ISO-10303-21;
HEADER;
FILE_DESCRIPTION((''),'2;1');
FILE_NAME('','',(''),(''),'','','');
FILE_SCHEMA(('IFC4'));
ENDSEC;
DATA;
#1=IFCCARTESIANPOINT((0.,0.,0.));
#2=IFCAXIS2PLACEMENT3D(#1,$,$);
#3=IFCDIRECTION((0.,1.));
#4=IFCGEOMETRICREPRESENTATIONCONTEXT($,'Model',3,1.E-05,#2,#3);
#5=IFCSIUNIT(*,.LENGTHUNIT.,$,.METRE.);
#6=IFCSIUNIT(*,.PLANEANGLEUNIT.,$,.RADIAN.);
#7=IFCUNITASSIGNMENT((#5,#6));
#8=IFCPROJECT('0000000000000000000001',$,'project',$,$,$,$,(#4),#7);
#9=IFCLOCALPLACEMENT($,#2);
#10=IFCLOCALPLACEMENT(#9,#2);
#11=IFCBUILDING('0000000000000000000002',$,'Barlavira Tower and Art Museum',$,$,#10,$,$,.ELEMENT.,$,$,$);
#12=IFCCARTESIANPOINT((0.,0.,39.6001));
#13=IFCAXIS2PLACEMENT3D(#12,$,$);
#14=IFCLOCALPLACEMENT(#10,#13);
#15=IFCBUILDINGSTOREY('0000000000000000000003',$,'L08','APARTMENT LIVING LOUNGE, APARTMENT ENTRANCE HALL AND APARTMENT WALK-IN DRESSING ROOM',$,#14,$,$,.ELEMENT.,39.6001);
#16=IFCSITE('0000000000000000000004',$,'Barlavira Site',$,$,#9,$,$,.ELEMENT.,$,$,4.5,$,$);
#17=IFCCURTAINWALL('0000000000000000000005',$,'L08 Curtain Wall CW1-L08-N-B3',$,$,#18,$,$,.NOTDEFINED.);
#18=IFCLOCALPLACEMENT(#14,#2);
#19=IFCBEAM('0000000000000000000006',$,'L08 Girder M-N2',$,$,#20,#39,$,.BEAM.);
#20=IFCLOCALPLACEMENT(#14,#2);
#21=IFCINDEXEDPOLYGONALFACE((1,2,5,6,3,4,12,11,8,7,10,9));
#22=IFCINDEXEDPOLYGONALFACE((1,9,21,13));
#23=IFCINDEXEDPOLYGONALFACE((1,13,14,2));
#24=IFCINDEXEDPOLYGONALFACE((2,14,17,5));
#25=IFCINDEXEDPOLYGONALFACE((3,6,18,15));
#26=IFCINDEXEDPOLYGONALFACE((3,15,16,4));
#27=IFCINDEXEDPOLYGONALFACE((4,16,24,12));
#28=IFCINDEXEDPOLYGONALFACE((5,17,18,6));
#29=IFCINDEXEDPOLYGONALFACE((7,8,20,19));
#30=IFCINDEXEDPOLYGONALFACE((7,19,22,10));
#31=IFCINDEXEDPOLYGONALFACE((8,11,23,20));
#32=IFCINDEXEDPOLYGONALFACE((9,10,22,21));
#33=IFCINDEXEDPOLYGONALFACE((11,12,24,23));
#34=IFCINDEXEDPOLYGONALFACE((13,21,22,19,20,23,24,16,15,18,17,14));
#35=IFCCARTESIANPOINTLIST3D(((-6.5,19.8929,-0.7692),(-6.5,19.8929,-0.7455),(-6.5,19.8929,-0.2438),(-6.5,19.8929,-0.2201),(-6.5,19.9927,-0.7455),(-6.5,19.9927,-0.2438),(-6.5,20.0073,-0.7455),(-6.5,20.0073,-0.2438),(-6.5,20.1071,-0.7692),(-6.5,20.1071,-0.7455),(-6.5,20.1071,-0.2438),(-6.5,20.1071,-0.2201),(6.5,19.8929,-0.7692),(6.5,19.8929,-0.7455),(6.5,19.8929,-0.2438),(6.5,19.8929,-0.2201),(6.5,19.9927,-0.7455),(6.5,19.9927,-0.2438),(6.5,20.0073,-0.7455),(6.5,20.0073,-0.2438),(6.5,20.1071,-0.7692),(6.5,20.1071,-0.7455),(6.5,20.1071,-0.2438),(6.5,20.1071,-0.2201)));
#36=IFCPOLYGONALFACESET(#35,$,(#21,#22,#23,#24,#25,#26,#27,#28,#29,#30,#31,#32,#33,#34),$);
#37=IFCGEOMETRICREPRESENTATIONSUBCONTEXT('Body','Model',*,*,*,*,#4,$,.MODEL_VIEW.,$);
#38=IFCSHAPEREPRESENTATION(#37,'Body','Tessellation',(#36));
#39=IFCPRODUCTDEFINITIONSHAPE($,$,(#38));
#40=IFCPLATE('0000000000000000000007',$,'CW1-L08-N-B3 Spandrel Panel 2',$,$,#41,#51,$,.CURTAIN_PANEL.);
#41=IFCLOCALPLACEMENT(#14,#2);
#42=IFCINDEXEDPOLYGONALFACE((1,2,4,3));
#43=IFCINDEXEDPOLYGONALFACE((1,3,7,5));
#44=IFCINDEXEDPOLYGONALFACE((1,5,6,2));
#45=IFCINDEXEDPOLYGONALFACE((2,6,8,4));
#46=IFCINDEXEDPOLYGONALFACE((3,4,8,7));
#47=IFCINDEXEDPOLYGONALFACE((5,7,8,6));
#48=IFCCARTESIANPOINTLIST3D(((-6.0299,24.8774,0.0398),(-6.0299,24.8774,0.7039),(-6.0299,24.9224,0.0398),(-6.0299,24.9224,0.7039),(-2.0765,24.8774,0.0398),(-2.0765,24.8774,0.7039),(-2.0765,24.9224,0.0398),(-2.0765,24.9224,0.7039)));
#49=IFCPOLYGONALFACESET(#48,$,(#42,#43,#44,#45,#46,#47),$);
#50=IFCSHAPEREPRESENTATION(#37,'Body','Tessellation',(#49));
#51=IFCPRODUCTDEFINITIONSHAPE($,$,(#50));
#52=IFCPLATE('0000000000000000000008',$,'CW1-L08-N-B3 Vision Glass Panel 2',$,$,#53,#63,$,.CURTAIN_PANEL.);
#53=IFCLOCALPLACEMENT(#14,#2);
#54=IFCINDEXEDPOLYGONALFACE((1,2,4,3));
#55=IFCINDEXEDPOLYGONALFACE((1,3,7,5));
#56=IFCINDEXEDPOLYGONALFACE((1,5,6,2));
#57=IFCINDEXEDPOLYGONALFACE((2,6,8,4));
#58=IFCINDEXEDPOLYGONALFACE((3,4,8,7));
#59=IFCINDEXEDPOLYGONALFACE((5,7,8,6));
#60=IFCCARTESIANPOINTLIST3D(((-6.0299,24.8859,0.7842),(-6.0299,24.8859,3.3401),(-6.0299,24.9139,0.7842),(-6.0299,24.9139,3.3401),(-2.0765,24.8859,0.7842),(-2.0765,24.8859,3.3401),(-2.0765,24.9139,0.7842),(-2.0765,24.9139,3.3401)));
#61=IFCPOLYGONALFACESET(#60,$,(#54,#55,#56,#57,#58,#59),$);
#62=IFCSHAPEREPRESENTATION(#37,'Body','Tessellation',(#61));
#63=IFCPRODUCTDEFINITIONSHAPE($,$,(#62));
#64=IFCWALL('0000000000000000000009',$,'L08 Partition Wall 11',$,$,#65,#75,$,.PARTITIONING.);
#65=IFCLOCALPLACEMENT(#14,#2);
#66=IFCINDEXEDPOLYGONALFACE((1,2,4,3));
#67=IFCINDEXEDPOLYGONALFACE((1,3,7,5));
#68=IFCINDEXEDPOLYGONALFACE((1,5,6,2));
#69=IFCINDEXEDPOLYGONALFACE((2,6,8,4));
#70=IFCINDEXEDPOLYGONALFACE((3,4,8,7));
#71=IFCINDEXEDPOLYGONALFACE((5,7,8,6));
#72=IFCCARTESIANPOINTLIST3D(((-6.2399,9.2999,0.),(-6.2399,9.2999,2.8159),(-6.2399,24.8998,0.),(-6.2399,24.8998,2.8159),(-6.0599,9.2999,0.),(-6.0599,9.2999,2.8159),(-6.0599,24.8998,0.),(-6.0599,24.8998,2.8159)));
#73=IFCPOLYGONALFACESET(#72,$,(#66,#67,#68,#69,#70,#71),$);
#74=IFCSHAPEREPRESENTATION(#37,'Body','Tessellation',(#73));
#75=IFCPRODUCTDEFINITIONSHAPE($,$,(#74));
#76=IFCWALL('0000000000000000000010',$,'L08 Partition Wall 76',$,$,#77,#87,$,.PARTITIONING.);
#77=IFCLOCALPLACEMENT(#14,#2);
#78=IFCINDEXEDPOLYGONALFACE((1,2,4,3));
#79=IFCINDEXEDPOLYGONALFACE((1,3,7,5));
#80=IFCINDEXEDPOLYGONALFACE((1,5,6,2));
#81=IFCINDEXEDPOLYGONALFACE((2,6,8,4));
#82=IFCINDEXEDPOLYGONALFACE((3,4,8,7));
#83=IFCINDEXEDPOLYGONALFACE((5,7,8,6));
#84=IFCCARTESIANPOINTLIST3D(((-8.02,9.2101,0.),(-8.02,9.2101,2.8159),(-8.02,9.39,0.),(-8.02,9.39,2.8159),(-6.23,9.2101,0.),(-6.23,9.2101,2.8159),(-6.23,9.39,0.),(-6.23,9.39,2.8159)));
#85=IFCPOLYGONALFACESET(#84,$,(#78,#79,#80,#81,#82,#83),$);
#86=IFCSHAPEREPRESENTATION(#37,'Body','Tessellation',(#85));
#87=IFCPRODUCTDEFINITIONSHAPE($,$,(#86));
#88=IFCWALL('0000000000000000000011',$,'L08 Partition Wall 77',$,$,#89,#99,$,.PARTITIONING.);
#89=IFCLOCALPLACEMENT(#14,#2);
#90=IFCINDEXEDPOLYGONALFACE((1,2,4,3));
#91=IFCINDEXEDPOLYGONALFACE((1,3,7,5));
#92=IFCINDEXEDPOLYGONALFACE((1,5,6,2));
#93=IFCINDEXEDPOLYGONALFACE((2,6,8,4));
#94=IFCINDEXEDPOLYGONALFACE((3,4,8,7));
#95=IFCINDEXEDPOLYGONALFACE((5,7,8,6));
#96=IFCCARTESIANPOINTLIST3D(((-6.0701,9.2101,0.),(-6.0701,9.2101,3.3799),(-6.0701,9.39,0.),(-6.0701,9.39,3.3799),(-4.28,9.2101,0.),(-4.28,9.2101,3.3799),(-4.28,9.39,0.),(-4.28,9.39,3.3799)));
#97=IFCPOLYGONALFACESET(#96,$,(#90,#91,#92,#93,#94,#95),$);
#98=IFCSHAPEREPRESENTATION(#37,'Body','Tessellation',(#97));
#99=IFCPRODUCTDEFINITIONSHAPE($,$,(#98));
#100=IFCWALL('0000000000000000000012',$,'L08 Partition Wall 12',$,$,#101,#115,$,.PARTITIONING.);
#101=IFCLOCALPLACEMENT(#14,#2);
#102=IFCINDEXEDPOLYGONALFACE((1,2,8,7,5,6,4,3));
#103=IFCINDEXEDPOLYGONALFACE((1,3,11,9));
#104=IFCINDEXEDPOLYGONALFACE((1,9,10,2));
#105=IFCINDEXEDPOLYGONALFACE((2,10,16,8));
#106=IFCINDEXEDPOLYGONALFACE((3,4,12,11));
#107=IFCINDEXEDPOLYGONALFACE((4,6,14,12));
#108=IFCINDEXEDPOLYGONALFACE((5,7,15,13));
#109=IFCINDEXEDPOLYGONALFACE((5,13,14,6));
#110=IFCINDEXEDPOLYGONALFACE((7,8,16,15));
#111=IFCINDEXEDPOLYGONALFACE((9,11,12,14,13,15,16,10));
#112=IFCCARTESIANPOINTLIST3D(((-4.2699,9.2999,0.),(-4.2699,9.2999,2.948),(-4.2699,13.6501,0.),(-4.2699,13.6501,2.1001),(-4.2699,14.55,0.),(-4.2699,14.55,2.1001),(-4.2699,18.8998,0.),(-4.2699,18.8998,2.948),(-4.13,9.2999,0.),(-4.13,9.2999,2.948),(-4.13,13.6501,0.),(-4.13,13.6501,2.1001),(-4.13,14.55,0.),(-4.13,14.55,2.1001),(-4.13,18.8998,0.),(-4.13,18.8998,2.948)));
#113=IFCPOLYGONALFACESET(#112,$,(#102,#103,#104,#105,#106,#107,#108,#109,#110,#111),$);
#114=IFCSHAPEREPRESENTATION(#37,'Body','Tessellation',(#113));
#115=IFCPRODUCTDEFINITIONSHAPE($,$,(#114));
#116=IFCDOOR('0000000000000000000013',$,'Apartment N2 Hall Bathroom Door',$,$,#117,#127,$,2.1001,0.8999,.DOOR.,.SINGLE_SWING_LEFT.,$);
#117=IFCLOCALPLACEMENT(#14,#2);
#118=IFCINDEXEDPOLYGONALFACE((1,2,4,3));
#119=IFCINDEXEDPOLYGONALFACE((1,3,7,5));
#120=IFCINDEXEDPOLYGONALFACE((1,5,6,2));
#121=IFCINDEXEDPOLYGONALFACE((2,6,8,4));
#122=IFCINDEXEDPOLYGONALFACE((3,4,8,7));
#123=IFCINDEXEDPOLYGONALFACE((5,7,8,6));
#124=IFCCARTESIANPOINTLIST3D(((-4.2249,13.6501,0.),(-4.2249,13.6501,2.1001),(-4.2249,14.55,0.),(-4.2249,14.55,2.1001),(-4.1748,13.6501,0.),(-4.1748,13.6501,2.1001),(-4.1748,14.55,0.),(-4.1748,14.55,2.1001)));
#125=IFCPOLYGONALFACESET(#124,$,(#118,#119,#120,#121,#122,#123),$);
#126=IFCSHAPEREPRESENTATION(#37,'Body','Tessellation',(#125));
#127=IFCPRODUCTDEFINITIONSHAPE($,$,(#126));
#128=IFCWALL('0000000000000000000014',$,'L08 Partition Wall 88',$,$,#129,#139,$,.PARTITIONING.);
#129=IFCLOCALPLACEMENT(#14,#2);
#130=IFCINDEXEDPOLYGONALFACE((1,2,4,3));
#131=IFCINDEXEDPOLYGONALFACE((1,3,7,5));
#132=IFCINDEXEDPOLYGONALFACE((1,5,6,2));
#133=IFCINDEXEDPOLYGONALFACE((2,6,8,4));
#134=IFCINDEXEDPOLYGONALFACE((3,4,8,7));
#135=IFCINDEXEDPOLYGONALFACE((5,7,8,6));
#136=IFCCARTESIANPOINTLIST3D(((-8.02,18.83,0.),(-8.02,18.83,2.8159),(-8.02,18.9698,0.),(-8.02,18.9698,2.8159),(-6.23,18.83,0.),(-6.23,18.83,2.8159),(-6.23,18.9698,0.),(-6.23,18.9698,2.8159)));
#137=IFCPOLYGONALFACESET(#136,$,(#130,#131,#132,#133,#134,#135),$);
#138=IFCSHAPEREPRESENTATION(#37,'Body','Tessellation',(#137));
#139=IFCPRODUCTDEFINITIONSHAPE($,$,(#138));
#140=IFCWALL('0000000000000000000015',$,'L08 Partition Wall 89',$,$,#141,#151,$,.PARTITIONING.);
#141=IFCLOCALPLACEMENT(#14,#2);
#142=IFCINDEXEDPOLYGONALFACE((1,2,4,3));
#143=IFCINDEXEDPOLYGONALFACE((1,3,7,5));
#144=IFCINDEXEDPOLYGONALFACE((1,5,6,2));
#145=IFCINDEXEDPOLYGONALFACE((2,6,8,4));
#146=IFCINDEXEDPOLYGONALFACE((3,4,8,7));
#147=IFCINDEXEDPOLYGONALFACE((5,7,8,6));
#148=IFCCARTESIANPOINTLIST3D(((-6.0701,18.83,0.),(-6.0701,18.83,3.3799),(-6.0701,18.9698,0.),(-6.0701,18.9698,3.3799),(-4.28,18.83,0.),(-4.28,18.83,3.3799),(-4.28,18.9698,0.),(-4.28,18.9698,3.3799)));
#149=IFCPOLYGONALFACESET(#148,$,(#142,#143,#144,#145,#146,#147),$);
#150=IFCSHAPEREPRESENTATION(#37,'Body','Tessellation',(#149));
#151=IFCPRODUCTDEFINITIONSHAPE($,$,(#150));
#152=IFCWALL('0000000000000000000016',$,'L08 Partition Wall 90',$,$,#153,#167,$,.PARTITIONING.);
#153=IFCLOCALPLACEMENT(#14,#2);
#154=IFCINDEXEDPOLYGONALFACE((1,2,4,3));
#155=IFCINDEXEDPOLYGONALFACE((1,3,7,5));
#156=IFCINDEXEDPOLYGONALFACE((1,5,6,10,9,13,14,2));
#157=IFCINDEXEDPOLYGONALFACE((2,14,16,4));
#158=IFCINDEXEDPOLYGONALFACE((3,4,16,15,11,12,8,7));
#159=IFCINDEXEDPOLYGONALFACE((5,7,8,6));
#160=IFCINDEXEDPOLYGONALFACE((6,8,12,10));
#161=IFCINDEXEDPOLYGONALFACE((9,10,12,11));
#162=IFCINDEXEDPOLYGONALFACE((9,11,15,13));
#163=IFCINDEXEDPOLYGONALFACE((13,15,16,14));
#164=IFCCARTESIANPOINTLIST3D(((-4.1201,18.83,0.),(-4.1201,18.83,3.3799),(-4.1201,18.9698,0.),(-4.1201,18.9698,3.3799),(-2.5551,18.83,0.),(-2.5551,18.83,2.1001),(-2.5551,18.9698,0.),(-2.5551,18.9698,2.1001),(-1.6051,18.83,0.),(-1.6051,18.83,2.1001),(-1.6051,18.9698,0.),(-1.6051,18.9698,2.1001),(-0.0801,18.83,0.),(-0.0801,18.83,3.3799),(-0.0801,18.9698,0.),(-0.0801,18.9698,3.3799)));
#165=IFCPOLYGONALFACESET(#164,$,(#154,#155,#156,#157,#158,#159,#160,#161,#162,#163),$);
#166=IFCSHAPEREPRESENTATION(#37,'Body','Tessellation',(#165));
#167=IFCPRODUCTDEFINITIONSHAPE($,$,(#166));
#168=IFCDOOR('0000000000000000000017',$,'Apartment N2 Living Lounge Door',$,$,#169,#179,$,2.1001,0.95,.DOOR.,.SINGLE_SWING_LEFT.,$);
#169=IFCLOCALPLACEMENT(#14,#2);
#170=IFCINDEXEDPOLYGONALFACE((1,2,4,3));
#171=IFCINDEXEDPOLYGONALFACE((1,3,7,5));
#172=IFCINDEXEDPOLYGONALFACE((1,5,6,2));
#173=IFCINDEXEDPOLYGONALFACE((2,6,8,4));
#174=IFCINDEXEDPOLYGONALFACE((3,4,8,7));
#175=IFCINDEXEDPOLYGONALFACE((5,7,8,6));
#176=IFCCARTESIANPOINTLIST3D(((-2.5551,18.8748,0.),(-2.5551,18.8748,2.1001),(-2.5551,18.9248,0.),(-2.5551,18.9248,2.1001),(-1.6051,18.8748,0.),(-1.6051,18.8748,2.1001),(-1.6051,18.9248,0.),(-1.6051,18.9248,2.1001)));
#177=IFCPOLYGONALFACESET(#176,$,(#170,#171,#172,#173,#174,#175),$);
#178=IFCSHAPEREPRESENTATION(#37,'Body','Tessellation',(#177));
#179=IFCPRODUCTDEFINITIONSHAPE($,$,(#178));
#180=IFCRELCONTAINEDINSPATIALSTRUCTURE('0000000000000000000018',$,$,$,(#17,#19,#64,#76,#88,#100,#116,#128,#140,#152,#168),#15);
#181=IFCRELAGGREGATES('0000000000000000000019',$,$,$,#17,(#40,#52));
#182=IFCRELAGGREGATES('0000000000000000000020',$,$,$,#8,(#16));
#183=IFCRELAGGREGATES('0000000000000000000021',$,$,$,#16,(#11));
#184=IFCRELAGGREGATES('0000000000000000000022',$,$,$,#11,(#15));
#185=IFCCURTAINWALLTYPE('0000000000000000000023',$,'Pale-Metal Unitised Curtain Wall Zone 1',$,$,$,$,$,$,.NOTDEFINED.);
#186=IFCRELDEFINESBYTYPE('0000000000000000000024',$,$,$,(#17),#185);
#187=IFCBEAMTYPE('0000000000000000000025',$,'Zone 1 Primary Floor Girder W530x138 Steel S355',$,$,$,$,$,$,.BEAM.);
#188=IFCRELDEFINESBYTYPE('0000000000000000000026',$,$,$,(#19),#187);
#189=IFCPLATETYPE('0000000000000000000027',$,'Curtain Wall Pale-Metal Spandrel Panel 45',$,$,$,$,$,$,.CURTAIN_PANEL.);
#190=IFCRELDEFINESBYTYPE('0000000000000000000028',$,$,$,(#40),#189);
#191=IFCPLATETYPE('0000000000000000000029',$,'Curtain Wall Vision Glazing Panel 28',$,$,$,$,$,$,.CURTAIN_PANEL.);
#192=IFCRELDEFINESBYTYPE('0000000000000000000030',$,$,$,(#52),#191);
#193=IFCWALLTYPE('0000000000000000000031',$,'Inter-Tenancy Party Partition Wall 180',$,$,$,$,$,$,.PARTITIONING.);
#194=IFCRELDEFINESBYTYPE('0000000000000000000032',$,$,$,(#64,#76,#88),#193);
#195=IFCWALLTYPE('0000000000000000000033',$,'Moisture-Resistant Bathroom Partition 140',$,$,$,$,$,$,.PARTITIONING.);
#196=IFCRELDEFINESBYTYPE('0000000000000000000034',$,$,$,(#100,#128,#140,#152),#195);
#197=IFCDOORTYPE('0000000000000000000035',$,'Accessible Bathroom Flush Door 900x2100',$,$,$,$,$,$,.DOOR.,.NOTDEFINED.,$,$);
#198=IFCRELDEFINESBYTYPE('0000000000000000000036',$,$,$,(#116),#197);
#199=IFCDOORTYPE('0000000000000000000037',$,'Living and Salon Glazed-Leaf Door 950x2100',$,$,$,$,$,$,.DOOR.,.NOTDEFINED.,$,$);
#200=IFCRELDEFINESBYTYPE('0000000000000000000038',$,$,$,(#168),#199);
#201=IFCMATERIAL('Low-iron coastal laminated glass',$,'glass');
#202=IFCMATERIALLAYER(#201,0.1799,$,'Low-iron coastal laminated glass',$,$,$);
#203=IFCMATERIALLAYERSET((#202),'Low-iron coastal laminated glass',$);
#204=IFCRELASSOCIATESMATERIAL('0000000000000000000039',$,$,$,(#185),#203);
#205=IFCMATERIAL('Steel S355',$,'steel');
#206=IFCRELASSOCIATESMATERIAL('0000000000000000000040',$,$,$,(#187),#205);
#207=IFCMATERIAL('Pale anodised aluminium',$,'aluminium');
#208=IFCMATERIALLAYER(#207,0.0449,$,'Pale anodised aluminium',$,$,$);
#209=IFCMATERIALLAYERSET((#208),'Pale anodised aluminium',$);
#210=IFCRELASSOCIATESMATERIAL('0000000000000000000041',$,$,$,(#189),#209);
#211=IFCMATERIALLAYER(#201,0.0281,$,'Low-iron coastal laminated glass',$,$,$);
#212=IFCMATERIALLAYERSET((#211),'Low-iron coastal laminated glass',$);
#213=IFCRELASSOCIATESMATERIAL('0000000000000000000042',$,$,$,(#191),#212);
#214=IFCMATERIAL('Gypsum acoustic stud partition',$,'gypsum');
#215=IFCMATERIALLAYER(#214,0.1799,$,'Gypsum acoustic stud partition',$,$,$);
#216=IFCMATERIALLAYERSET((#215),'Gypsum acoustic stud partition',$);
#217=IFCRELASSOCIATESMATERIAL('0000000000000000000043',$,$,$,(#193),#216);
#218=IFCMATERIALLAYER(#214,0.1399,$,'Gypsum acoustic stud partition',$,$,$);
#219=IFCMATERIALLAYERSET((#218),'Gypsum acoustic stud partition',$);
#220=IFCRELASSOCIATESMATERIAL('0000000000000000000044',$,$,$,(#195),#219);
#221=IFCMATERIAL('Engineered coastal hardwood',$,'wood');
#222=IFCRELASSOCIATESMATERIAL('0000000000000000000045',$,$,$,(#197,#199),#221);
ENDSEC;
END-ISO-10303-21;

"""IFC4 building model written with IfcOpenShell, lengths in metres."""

from ifc_helpers import new_model, si_unit, direction, frame, frame_2d, origin, origin_2d, place, context, subcontext, project, spatial, rectangle, i_section, extrude, material, layer, layer_set, material_profile, profile_set, type_object, element, fill, aggregate, save


model = new_model("IFC4")

# Units and contexts
model_context = context("Model", 3, precision=1e-05, world=origin(), true_north=direction((0.0, 1.0)))
body_context = subcontext(model_context, "Body", "Model", "MODEL_VIEW")
ifc_project = project(units=[si_unit("LENGTHUNIT", "METRE"), si_unit("PLANEANGLEUNIT", "RADIAN")], contexts=[model_context])

# Site, building, storey
site_placement = place(None, origin())
site = spatial("IfcSite", under=ifc_project, at=site_placement, Name="Barlavira Site", CompositionType="ELEMENT", RefElevation=4.5)
building_placement = place(site_placement, origin())
building = spatial("IfcBuilding", under=site, at=building_placement, Name="Barlavira Tower and Art Museum", CompositionType="ELEMENT")
storey_placement = place(building_placement, frame((0.0, 0.0, 39.6001)))
storey = spatial("IfcBuildingStorey", under=building, at=storey_placement, Name="L08", Description="APARTMENT LIVING LOUNGE, APARTMENT ENTRANCE HALL AND APARTMENT WALK-IN DRESSING ROOM", CompositionType="ELEMENT", Elevation=39.6001)

# Curtain wall
ifc_material_1 = material(Name="Low-iron coastal laminated glass", Category="glass")
ifc_layer_1 = layer(ifc_material_1, 0.1799, Name="Low-iron coastal laminated glass")
ifc_layer_set_1 = layer_set([ifc_layer_1], Name="Low-iron coastal laminated glass")
curtain_wall_type = type_object("IfcCurtainWallType", Name="Pale-Metal Unitised Curtain Wall Zone 1", PredefinedType="NOTDEFINED", material=ifc_layer_set_1)
curtain_wall_placement = place(storey_placement, origin())
curtain_wall = element("IfcCurtainWall", 1, at=curtain_wall_placement, inside=storey, type_object=curtain_wall_type, Name="L08 Curtain Wall CW1-L08-N-B3", PredefinedType="NOTDEFINED")
ifc_material_2 = material(Name="Pale anodised aluminium", Category="aluminium")

# Beam
ifc_material_3 = material(Name="Steel S355", Category="steel")
ifc_material_profile_1 = material_profile(ifc_material_3, i_section(OverallWidth=0.2141, OverallDepth=0.5491, WebThickness=0.0146, FlangeThickness=0.0237, at=origin_2d()), Name="W530x138.0")
ifc_profile_set_1 = profile_set([ifc_material_profile_1], Name="Steel S355")
beam_type_1 = type_object("IfcBeamType", Name="Zone 1 Primary Floor Girder W530x138 Steel S355", PredefinedType="BEAM", material=ifc_profile_set_1)
beam_1_placement = place(storey_placement, frame((-6.5, 20.0, -0.4946), z_axis=(1.0, 0.0, 0.0), x_axis=(0.0, 1.0, 0.0)))
element("IfcBeam", 2, at=beam_1_placement, inside=storey, type_object=beam_type_1, Name="L08 Girder M-N2", PredefinedType="BEAM", context=body_context, shape_type="SweptSolid", body=[
    extrude(i_section(OverallWidth=0.2141, OverallDepth=0.5491, WebThickness=0.0146, FlangeThickness=0.0237, at=origin_2d()), origin(), (0.0, 0.0, 1.0), 13.0),
])

# Plates
ifc_layer_2 = layer(ifc_material_2, 0.0449, Name="Pale anodised aluminium")
ifc_layer_set_2 = layer_set([ifc_layer_2], Name="Pale anodised aluminium")
plate_type_1 = type_object("IfcPlateType", Name="Curtain Wall Pale-Metal Spandrel Panel 45", PredefinedType="CURTAIN_PANEL", material=ifc_layer_set_2)
plate_1_placement = place(storey_placement, frame((-4.0532, 24.8999, 0.0398), z_axis=(0.0, 0.0, 1.0), x_axis=(-1.0, 0.0, 0.0)))
plate_1 = element("IfcPlate", 3, at=plate_1_placement, type_object=plate_type_1, Name="CW1-L08-N-B3 Spandrel Panel 2", PredefinedType="CURTAIN_PANEL", context=body_context, shape_type="SweptSolid", body=[
    extrude(rectangle(XDim=3.9534, YDim=0.0449, at=origin_2d()), origin(), (0.0, 0.0, 1.0), 0.6641),
])
ifc_layer_3 = layer(ifc_material_1, 0.0281, Name="Low-iron coastal laminated glass")
ifc_layer_set_3 = layer_set([ifc_layer_3], Name="Low-iron coastal laminated glass")
plate_type_2 = type_object("IfcPlateType", Name="Curtain Wall Vision Glazing Panel 28", PredefinedType="CURTAIN_PANEL", material=ifc_layer_set_3)
plate_2_placement = place(storey_placement, frame((-4.0532, 24.8999, 0.7842), z_axis=(0.0, 0.0, 1.0), x_axis=(-1.0, 0.0, 0.0)))
plate_2 = element("IfcPlate", 4, at=plate_2_placement, type_object=plate_type_2, Name="CW1-L08-N-B3 Vision Glass Panel 2", PredefinedType="CURTAIN_PANEL", context=body_context, shape_type="SweptSolid", body=[
    extrude(rectangle(XDim=3.9534, YDim=0.0281, at=origin_2d()), origin(), (0.0, 0.0, 1.0), 2.5559),
])
aggregate(curtain_wall, [plate_1, plate_2])

# Walls
ifc_material_4 = material(Name="Gypsum acoustic stud partition", Category="gypsum")
ifc_layer_4 = layer(ifc_material_4, 0.1799, Name="Gypsum acoustic stud partition")
ifc_layer_set_4 = layer_set([ifc_layer_4], Name="Gypsum acoustic stud partition")
wall_type_1 = type_object("IfcWallType", Name="Inter-Tenancy Party Partition Wall 180", PredefinedType="PARTITIONING", material=ifc_layer_set_4)
wall_1_placement = place(storey_placement, frame((-6.1499, 9.3, 0.0), z_axis=(0.0, 0.0, 1.0), x_axis=(0.0, 1.0, 0.0)))
element("IfcWall", 5, at=wall_1_placement, inside=storey, type_object=wall_type_1, Name="L08 Partition Wall 11", PredefinedType="PARTITIONING", context=body_context, shape_type="SweptSolid", body=[
    extrude(rectangle(XDim=15.5999, YDim=0.1799, at=frame_2d((7.7998, 0.0))), origin(), (0.0, 0.0, 1.0), 2.8159),
])
wall_2_placement = place(storey_placement, frame((-8.02, 9.3, 0.0), z_axis=(0.0, 0.0, 1.0), x_axis=(1.0, 0.0, 0.0)))
element("IfcWall", 6, at=wall_2_placement, inside=storey, type_object=wall_type_1, Name="L08 Partition Wall 76", PredefinedType="PARTITIONING", context=body_context, shape_type="SweptSolid", body=[
    extrude(rectangle(XDim=1.79, YDim=0.1799, at=frame_2d((0.895, 0.0))), origin(), (0.0, 0.0, 1.0), 2.8159),
])
wall_3_placement = place(storey_placement, frame((-6.0701, 9.3, 0.0), z_axis=(0.0, 0.0, 1.0), x_axis=(1.0, 0.0, 0.0)))
element("IfcWall", 7, at=wall_3_placement, inside=storey, type_object=wall_type_1, Name="L08 Partition Wall 77", PredefinedType="PARTITIONING", context=body_context, shape_type="SweptSolid", body=[
    extrude(rectangle(XDim=1.79, YDim=0.1799, at=frame_2d((0.895, 0.0))), origin(), (0.0, 0.0, 1.0), 3.3799),
])

# Wall, opening, door
ifc_layer_5 = layer(ifc_material_4, 0.1399, Name="Gypsum acoustic stud partition")
ifc_layer_set_5 = layer_set([ifc_layer_5], Name="Gypsum acoustic stud partition")
wall_type_2 = type_object("IfcWallType", Name="Moisture-Resistant Bathroom Partition 140", PredefinedType="PARTITIONING", material=ifc_layer_set_5)
wall_4_placement = place(storey_placement, frame((-4.2, 9.3, 0.0), z_axis=(0.0, 0.0, 1.0), x_axis=(0.0, 1.0, 0.0)))
wall_4 = element("IfcWall", 8, at=wall_4_placement, inside=storey, type_object=wall_type_2, Name="L08 Partition Wall 12", PredefinedType="PARTITIONING", context=body_context, shape_type="SweptSolid", body=[
    extrude(rectangle(XDim=9.5999, YDim=0.1399, at=frame_2d((4.7998, 0.0))), origin(), (0.0, 0.0, 1.0), 2.948),
])
opening_1_placement = place(wall_4_placement, frame((4.3501, 0.0, 0.0)))
opening_1 = element("IfcOpeningElement", 9, at=opening_1_placement, cuts=wall_4, PredefinedType="OPENING", context=body_context, shape_type="SweptSolid", body=[
    extrude(rectangle(XDim=0.8999, YDim=2.1001, at=frame_2d((0.45, 1.05))), frame((0.0, 0.0801, 0.0), z_axis=(0.0, -1.0, 0.0), x_axis=(1.0, 0.0, 0.0)), (0.0, 0.0, 1.0), 0.1599),
])
ifc_material_5 = material(Name="Engineered coastal hardwood", Category="wood")
door_type_1 = type_object("IfcDoorType", Name="Accessible Bathroom Flush Door 900x2100", OperationType="NOTDEFINED", PredefinedType="DOOR", material=ifc_material_5)
door_1_placement = place(opening_1_placement, origin())
door_1 = element("IfcDoor", 10, at=door_1_placement, inside=storey, type_object=door_type_1, Name="Apartment N2 Hall Bathroom Door", OperationType="SINGLE_SWING_LEFT", OverallHeight=2.1001, OverallWidth=0.8999, PredefinedType="DOOR", context=body_context, shape_type="SweptSolid", body=[
    extrude(rectangle(XDim=0.8999, YDim=2.1001, at=frame_2d((0.45, 1.05))), frame((0.0, 0.0249, 0.0), z_axis=(0.0, -1.0, 0.0), x_axis=(1.0, 0.0, 0.0)), (0.0, 0.0, 1.0), 0.05),
])
fill(opening_1, door_1)

# Walls
wall_5_placement = place(storey_placement, frame((-8.02, 18.8999, 0.0), z_axis=(0.0, 0.0, 1.0), x_axis=(1.0, 0.0, 0.0)))
element("IfcWall", 11, at=wall_5_placement, inside=storey, type_object=wall_type_2, Name="L08 Partition Wall 88", PredefinedType="PARTITIONING", context=body_context, shape_type="SweptSolid", body=[
    extrude(rectangle(XDim=1.79, YDim=0.1399, at=frame_2d((0.895, 0.0))), origin(), (0.0, 0.0, 1.0), 2.8159),
])
wall_6_placement = place(storey_placement, frame((-6.0701, 18.8999, 0.0), z_axis=(0.0, 0.0, 1.0), x_axis=(1.0, 0.0, 0.0)))
element("IfcWall", 12, at=wall_6_placement, inside=storey, type_object=wall_type_2, Name="L08 Partition Wall 89", PredefinedType="PARTITIONING", context=body_context, shape_type="SweptSolid", body=[
    extrude(rectangle(XDim=1.79, YDim=0.1399, at=frame_2d((0.895, 0.0))), origin(), (0.0, 0.0, 1.0), 3.3799),
])

# Wall, opening, door
wall_7_placement = place(storey_placement, frame((-4.1201, 18.8999, 0.0), z_axis=(0.0, 0.0, 1.0), x_axis=(1.0, 0.0, 0.0)))
wall_7 = element("IfcWall", 13, at=wall_7_placement, inside=storey, type_object=wall_type_2, Name="L08 Partition Wall 90", PredefinedType="PARTITIONING", context=body_context, shape_type="SweptSolid", body=[
    extrude(rectangle(XDim=4.04, YDim=0.1399, at=frame_2d((2.02, 0.0))), origin(), (0.0, 0.0, 1.0), 3.3799),
])
opening_2_placement = place(wall_7_placement, frame((1.5649, 0.0, 0.0)))
opening_2 = element("IfcOpeningElement", 14, at=opening_2_placement, cuts=wall_7, PredefinedType="OPENING", context=body_context, shape_type="SweptSolid", body=[
    extrude(rectangle(XDim=0.95, YDim=2.1001, at=frame_2d((0.4751, 1.05))), frame((0.0, 0.0801, 0.0), z_axis=(0.0, -1.0, 0.0), x_axis=(1.0, 0.0, 0.0)), (0.0, 0.0, 1.0), 0.1599),
])
door_type_2 = type_object("IfcDoorType", Name="Living and Salon Glazed-Leaf Door 950x2100", OperationType="NOTDEFINED", PredefinedType="DOOR", material=ifc_material_5)
door_2_placement = place(opening_2_placement, origin())
door_2 = element("IfcDoor", 15, at=door_2_placement, inside=storey, type_object=door_type_2, Name="Apartment N2 Living Lounge Door", OperationType="SINGLE_SWING_LEFT", OverallHeight=2.1001, OverallWidth=0.95, PredefinedType="DOOR", context=body_context, shape_type="SweptSolid", body=[
    extrude(rectangle(XDim=0.95, YDim=2.1001, at=frame_2d((0.4751, 1.05))), frame((0.0, 0.0249, 0.0), z_axis=(0.0, -1.0, 0.0), x_axis=(1.0, 0.0, 0.0)), (0.0, 0.0, 1.0), 0.05),
])
fill(opening_2, door_2)

save(model, "model.ifc")
